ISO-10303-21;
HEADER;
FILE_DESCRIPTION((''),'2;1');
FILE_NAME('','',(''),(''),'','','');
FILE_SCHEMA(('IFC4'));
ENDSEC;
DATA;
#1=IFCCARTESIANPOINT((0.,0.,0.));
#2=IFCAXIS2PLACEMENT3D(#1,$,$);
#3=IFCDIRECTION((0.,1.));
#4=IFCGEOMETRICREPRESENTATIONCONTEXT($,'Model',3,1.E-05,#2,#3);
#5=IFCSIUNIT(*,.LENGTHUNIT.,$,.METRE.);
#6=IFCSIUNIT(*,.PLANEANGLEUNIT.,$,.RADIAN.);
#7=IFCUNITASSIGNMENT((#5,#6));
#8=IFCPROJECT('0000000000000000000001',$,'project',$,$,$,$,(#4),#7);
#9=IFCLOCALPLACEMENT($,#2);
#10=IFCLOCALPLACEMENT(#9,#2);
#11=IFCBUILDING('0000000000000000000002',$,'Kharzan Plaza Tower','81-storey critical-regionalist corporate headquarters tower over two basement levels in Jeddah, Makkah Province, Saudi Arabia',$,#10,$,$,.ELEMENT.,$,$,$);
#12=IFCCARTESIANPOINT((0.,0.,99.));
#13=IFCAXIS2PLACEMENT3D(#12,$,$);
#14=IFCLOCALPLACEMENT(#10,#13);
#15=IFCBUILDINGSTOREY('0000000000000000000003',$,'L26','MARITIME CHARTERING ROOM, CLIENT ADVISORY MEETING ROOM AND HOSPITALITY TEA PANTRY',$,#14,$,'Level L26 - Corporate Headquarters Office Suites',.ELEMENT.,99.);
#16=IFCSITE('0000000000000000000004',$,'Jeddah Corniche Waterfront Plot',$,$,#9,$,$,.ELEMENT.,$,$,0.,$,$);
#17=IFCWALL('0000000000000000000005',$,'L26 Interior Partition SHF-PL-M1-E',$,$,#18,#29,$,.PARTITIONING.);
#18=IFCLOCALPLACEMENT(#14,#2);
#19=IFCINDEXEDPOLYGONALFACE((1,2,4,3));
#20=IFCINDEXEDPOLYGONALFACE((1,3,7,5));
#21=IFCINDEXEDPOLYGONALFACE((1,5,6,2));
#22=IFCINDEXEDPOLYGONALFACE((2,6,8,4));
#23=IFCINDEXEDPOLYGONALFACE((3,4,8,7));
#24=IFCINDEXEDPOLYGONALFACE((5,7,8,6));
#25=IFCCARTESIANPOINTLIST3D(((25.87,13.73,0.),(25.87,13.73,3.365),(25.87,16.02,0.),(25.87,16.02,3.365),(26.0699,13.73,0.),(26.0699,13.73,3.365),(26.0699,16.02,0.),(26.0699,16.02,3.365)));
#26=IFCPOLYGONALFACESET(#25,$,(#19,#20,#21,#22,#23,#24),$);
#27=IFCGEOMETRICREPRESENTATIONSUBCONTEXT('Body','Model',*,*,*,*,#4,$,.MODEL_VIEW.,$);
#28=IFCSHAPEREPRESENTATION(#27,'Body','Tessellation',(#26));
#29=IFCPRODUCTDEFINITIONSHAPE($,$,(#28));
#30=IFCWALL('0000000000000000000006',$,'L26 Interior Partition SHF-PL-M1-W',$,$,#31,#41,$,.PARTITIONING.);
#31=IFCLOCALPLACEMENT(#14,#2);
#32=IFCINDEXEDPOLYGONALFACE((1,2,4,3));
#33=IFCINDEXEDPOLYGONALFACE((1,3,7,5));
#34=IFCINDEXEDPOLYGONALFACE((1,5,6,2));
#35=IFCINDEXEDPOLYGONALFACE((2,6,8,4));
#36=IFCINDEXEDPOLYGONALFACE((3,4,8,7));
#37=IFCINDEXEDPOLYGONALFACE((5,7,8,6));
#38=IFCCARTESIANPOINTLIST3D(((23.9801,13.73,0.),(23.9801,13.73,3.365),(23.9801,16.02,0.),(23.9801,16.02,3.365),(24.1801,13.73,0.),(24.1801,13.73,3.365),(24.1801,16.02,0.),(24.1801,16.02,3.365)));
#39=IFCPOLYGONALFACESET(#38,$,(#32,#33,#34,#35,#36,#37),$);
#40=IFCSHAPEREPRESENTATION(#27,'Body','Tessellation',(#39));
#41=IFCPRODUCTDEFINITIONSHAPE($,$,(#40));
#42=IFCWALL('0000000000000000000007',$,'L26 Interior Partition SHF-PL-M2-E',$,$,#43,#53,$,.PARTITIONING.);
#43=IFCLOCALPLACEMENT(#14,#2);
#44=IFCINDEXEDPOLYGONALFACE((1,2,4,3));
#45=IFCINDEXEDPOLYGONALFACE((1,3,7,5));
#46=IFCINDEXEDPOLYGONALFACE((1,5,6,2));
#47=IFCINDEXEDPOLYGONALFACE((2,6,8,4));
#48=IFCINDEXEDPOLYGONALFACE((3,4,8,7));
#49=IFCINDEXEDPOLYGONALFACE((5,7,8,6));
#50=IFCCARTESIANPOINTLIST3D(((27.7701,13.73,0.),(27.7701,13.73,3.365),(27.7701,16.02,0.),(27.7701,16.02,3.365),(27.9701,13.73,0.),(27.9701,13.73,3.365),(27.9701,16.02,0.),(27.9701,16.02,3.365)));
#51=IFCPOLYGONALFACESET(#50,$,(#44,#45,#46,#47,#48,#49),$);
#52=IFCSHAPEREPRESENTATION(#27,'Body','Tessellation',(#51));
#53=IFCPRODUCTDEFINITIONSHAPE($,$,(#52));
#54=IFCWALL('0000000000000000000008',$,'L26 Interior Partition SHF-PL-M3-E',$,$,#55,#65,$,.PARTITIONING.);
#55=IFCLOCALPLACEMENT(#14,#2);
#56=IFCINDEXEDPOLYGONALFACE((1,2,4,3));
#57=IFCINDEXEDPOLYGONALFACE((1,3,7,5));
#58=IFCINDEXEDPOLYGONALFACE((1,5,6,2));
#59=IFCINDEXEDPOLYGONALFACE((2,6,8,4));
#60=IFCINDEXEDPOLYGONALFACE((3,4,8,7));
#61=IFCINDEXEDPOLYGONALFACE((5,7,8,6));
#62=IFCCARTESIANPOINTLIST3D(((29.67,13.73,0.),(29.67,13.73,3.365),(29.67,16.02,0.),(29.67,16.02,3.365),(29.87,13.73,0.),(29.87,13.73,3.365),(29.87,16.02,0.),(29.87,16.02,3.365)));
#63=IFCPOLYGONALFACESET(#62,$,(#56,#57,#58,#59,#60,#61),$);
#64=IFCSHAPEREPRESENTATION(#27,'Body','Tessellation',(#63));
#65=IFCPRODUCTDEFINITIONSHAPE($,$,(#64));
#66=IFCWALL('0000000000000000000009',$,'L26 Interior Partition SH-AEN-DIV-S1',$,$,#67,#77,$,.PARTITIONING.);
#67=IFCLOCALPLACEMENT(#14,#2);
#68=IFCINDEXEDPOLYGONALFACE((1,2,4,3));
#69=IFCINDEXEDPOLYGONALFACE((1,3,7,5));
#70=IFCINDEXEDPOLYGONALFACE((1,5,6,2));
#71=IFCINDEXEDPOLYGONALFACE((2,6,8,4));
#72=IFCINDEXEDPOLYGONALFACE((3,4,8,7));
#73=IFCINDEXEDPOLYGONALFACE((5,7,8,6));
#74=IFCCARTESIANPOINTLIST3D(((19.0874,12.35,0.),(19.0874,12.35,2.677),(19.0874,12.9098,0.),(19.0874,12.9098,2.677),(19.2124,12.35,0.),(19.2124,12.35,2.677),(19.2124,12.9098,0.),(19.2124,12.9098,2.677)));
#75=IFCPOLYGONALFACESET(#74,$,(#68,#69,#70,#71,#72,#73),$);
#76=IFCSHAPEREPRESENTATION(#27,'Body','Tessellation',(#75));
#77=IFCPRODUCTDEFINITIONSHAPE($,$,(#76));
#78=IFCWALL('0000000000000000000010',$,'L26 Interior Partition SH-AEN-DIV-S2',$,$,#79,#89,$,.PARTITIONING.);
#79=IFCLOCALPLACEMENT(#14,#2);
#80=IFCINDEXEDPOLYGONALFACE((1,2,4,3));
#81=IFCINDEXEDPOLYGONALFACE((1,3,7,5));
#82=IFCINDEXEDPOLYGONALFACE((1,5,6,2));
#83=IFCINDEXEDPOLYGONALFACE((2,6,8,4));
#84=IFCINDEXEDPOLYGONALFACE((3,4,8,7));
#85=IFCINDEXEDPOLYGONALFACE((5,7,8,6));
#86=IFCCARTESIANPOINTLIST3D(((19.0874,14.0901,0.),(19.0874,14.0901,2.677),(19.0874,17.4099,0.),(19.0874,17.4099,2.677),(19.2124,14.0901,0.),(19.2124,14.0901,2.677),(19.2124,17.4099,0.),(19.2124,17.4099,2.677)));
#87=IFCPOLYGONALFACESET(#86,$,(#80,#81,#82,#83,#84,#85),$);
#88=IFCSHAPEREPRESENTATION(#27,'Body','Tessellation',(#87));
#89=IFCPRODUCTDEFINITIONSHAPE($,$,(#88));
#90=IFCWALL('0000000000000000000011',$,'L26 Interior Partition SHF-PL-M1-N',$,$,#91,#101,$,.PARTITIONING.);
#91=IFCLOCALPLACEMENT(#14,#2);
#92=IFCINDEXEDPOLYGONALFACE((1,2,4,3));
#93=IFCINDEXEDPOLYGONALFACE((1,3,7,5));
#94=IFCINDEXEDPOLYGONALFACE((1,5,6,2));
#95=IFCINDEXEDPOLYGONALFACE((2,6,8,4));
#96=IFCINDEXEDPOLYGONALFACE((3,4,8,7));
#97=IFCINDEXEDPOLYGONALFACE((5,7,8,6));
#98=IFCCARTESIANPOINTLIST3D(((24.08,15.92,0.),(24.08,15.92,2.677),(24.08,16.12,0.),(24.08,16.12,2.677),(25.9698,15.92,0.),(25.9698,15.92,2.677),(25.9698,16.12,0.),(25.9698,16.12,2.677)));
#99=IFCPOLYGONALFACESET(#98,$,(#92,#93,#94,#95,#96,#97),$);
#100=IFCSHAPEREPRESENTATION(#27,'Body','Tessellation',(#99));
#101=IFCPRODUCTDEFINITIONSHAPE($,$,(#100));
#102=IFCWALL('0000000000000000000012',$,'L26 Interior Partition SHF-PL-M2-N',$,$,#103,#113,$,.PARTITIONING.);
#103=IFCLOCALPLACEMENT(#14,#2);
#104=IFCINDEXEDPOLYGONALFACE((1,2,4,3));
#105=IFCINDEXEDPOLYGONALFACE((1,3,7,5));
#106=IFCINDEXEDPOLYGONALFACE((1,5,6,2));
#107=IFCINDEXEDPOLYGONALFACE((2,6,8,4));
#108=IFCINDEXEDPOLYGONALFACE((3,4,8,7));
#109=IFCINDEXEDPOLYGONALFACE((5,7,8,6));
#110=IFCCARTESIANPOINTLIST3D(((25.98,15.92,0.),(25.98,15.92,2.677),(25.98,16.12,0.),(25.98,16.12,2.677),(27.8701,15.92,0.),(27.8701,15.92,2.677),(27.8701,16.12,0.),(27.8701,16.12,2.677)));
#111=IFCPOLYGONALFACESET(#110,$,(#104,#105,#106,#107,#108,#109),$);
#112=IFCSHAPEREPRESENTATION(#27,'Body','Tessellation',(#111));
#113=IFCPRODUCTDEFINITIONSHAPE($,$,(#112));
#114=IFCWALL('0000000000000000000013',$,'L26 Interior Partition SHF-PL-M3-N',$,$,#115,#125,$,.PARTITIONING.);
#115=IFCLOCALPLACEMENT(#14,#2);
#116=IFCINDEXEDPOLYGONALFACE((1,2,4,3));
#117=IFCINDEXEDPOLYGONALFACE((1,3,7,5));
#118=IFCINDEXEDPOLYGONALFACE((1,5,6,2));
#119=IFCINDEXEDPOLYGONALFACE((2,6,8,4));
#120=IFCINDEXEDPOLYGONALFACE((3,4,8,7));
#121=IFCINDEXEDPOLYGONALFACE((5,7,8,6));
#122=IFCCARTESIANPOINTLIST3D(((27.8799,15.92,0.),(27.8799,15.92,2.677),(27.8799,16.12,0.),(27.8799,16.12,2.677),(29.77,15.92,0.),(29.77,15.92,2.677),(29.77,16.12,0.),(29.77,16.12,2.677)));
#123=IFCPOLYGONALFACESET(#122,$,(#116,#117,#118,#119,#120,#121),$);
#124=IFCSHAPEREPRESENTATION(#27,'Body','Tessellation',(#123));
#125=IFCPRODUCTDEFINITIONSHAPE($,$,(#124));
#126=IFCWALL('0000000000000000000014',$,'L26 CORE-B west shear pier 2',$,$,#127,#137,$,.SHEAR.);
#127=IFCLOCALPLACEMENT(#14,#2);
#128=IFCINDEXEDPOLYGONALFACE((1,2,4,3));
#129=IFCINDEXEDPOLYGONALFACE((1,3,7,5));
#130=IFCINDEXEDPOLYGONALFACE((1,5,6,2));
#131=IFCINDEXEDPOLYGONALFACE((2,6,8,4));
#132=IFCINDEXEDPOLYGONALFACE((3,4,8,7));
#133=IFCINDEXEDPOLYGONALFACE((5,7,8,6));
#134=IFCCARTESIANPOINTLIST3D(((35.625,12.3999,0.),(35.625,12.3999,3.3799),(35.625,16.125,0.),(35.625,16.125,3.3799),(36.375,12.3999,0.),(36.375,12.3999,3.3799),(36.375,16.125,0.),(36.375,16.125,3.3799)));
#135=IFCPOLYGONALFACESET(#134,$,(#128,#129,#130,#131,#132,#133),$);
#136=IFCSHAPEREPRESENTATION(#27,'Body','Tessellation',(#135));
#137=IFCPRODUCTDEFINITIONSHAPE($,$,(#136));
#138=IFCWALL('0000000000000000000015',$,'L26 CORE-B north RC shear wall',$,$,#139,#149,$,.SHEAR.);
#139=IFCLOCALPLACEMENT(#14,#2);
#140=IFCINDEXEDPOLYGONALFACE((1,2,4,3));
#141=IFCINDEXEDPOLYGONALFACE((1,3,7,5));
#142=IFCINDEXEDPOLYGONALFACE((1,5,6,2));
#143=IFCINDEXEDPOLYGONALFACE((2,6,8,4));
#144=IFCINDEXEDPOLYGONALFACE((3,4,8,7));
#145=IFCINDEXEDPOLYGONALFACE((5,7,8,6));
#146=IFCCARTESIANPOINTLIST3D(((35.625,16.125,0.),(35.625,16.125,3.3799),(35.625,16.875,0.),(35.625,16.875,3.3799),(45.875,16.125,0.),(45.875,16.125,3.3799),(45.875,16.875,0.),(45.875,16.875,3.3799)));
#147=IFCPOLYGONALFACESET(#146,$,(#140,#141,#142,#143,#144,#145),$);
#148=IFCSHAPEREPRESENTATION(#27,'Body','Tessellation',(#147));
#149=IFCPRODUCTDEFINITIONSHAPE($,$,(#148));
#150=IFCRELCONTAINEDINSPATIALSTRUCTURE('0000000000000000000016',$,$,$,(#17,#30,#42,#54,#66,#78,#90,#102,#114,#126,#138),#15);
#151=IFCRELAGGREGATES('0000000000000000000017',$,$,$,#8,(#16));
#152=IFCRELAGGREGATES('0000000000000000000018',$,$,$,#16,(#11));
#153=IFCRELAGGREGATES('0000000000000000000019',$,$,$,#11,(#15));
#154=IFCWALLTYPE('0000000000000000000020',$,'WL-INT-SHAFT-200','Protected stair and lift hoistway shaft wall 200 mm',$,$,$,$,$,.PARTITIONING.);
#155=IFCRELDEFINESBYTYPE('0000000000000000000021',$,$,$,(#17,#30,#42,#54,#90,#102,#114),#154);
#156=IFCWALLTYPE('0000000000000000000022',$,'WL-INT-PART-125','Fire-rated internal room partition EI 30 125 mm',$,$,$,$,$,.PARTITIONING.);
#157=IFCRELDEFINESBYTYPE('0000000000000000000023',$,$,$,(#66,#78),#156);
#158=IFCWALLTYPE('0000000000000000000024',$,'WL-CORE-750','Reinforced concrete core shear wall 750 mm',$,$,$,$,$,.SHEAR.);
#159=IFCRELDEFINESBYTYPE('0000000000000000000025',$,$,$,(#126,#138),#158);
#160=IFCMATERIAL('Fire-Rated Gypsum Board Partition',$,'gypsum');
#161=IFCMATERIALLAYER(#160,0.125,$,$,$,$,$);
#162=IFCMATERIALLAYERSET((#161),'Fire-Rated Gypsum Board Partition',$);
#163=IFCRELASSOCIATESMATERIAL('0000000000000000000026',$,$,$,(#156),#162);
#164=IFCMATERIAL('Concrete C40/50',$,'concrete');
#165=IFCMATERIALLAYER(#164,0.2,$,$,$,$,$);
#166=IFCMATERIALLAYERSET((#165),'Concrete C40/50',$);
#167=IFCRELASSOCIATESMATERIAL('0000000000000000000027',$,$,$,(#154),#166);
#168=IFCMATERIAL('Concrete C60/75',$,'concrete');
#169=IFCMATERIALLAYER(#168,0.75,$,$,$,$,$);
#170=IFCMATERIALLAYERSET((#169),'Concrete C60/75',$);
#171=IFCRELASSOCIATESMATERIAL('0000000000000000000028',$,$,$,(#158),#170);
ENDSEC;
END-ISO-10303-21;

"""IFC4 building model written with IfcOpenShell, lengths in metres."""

from ifc_helpers import new_model, si_unit, direction, frame, frame_2d, origin, place, context, subcontext, project, spatial, rectangle, extrude, source, transform, mapped, material, layer, layer_set, type_object, element, save


model = new_model("IFC4")

# Units and contexts
model_context = context("Model", 3, precision=1e-05, world=origin(), true_north=direction((0.0, 1.0)))
body_context = subcontext(model_context, "Body", "Model", "MODEL_VIEW")
ifc_project = project(units=[si_unit("LENGTHUNIT", "METRE"), si_unit("PLANEANGLEUNIT", "RADIAN")], contexts=[model_context])

# Site, building, storey
site_placement = place(None, origin())
site = spatial("IfcSite", under=ifc_project, at=site_placement, Name="Jeddah Corniche Waterfront Plot", CompositionType="ELEMENT", RefElevation=0.0)
building_placement = place(site_placement, origin())
building = spatial("IfcBuilding", under=site, at=building_placement, Name="Kharzan Plaza Tower", Description="81-storey critical-regionalist corporate headquarters tower over two basement levels in Jeddah, Makkah Province, Saudi Arabia", CompositionType="ELEMENT")
storey_placement = place(building_placement, frame((0.0, 0.0, 99.0)))
storey = spatial("IfcBuildingStorey", under=building, at=storey_placement, Name="L26", Description="MARITIME CHARTERING ROOM, CLIENT ADVISORY MEETING ROOM AND HOSPITALITY TEA PANTRY", LongName="Level L26 - Corporate Headquarters Office Suites", CompositionType="ELEMENT", Elevation=99.0)

# Shared definitions
ifc_material_1 = material(Name="Concrete C60/75", Category="concrete")

# Shared definitions
ifc_material_2 = material(Name="Fire-Rated Gypsum Board Partition", Category="gypsum")
ifc_layer_1 = layer(ifc_material_2, 0.125)
ifc_layer_set_1 = layer_set([ifc_layer_1], Name="Fire-Rated Gypsum Board Partition")
wall_type_1 = type_object("IfcWallType", Name="WL-INT-PART-125", Description="Fire-rated internal room partition EI 30 125 mm", PredefinedType="PARTITIONING", material=ifc_layer_set_1)
ifc_material_3 = material(Name="Concrete C40/50", Category="concrete")
ifc_layer_2 = layer(ifc_material_3, 0.2)
ifc_layer_set_2 = layer_set([ifc_layer_2], Name="Concrete C40/50")
wall_type_2 = type_object("IfcWallType", Name="WL-INT-SHAFT-200", Description="Protected stair and lift hoistway shaft wall 200 mm", PredefinedType="PARTITIONING", material=ifc_layer_set_2)

# Walls
shared_shape_1 = source(origin(), body_context, "Body", "SweptSolid", [
    extrude(rectangle(XDim=2.29, YDim=0.2, at=frame_2d((1.145, 0.0))), origin(), (0.0, 0.0, 1.0), 3.365),
])
for number, where, z_axis, x_axis, name in (
    (1, (25.97, 13.73, 0.0), (0.0, 0.0, 1.0), (0.0, 1.0, 0.0), "L26 Interior Partition SHF-PL-M1-E"),
    (2, (24.0801, 13.73, 0.0), (0.0, 0.0, 1.0), (0.0, 1.0, 0.0), "L26 Interior Partition SHF-PL-M1-W"),
    (3, (27.8701, 13.73, 0.0), (0.0, 0.0, 1.0), (0.0, 1.0, 0.0), "L26 Interior Partition SHF-PL-M2-E"),
    (4, (29.77, 13.73, 0.0), (0.0, 0.0, 1.0), (0.0, 1.0, 0.0), "L26 Interior Partition SHF-PL-M3-E"),
):
    element("IfcWall", number, at=place(storey_placement, frame(where, z_axis=z_axis, x_axis=x_axis)), inside=storey, type_object=wall_type_2, Name=name, PredefinedType="PARTITIONING", context=body_context, shape_type="MappedRepresentation", body=[
        mapped(shared_shape_1, transform((0.0, 0.0, 0.0), x_axis=(1.0, 0.0, 0.0), y_axis=(0.0, 1.0, 0.0), z_axis=(0.0, 0.0, 1.0))),
    ])
shared_shape_2 = source(origin(), body_context, "Body", "SweptSolid", [
    extrude(rectangle(XDim=0.5598, YDim=0.125, at=frame_2d((0.2798, 0.0))), origin(), (0.0, 0.0, 1.0), 2.677),
])
wall_1_placement = place(storey_placement, frame((19.1499, 12.3501, 0.0), z_axis=(0.0, 0.0, 1.0), x_axis=(0.0, 1.0, 0.0)))
element("IfcWall", 5, at=wall_1_placement, inside=storey, type_object=wall_type_1, Name="L26 Interior Partition SH-AEN-DIV-S1", PredefinedType="PARTITIONING", context=body_context, shape_type="MappedRepresentation", body=[
    mapped(shared_shape_2, transform((0.0, 0.0, 0.0), x_axis=(1.0, 0.0, 0.0), y_axis=(0.0, 1.0, 0.0), z_axis=(0.0, 0.0, 1.0))),
])
shared_shape_3 = source(origin(), body_context, "Body", "SweptSolid", [
    extrude(rectangle(XDim=3.3198, YDim=0.125, at=frame_2d((1.6599, 0.0))), origin(), (0.0, 0.0, 1.0), 2.677),
])
wall_2_placement = place(storey_placement, frame((19.1499, 14.0901, 0.0), z_axis=(0.0, 0.0, 1.0), x_axis=(0.0, 1.0, 0.0)))
element("IfcWall", 6, at=wall_2_placement, inside=storey, type_object=wall_type_1, Name="L26 Interior Partition SH-AEN-DIV-S2", PredefinedType="PARTITIONING", context=body_context, shape_type="MappedRepresentation", body=[
    mapped(shared_shape_3, transform((0.0, 0.0, 0.0), x_axis=(1.0, 0.0, 0.0), y_axis=(0.0, 1.0, 0.0), z_axis=(0.0, 0.0, 1.0))),
])
shared_shape_4 = source(origin(), body_context, "Body", "SweptSolid", [
    extrude(rectangle(XDim=1.8899, YDim=0.2, at=frame_2d((0.9448, 0.0))), origin(), (0.0, 0.0, 1.0), 2.677),
])
wall_3_placement = place(storey_placement, frame((24.0801, 16.02, 0.0), z_axis=(0.0, 0.0, 1.0), x_axis=(1.0, 0.0, 0.0)))
element("IfcWall", 7, at=wall_3_placement, inside=storey, type_object=wall_type_2, Name="L26 Interior Partition SHF-PL-M1-N", PredefinedType="PARTITIONING", context=body_context, shape_type="MappedRepresentation", body=[
    mapped(shared_shape_4, transform((0.0, 0.0, 0.0), x_axis=(1.0, 0.0, 0.0), y_axis=(0.0, 1.0, 0.0), z_axis=(0.0, 0.0, 1.0))),
])
shared_shape_5 = source(origin(), body_context, "Body", "SweptSolid", [
    extrude(rectangle(XDim=1.8901, YDim=0.2, at=frame_2d((0.9451, 0.0))), origin(), (0.0, 0.0, 1.0), 2.677),
])
for number, where, z_axis, x_axis, name in (
    (8, (25.98, 16.02, 0.0), (0.0, 0.0, 1.0), (1.0, 0.0, 0.0), "L26 Interior Partition SHF-PL-M2-N"),
    (9, (27.8799, 16.02, 0.0), (0.0, 0.0, 1.0), (1.0, 0.0, 0.0), "L26 Interior Partition SHF-PL-M3-N"),
):
    element("IfcWall", number, at=place(storey_placement, frame(where, z_axis=z_axis, x_axis=x_axis)), inside=storey, type_object=wall_type_2, Name=name, PredefinedType="PARTITIONING", context=body_context, shape_type="MappedRepresentation", body=[
        mapped(shared_shape_5, transform((0.0, 0.0, 0.0), x_axis=(1.0, 0.0, 0.0), y_axis=(0.0, 1.0, 0.0), z_axis=(0.0, 0.0, 1.0))),
    ])
ifc_layer_3 = layer(ifc_material_1, 0.75)
ifc_layer_set_3 = layer_set([ifc_layer_3], Name="Concrete C60/75")
wall_type_3 = type_object("IfcWallType", Name="WL-CORE-750", Description="Reinforced concrete core shear wall 750 mm", PredefinedType="SHEAR", material=ifc_layer_set_3)
shared_shape_6 = source(origin(), body_context, "Body", "SweptSolid", [
    extrude(rectangle(XDim=3.7251, YDim=0.75, at=frame_2d((1.8625, 0.0))), origin(), (0.0, 0.0, 1.0), 3.3799),
])
wall_4_placement = place(storey_placement, frame((36.0, 12.3999, 0.0), z_axis=(0.0, 0.0, 1.0), x_axis=(0.0, 1.0, 0.0)))
element("IfcWall", 10, at=wall_4_placement, inside=storey, type_object=wall_type_3, Name="L26 CORE-B west shear pier 2", PredefinedType="SHEAR", context=body_context, shape_type="MappedRepresentation", body=[
    mapped(shared_shape_6, transform((0.0, 0.0, 0.0), x_axis=(1.0, 0.0, 0.0), y_axis=(0.0, 1.0, 0.0), z_axis=(0.0, 0.0, 1.0))),
])
shared_shape_7 = source(origin(), body_context, "Body", "SweptSolid", [
    extrude(rectangle(XDim=10.25, YDim=0.75, at=frame_2d((5.125, 0.0))), origin(), (0.0, 0.0, 1.0), 3.3799),
])
wall_5_placement = place(storey_placement, frame((35.625, 16.5, 0.0), z_axis=(0.0, 0.0, 1.0), x_axis=(1.0, 0.0, 0.0)))
element("IfcWall", 11, at=wall_5_placement, inside=storey, type_object=wall_type_3, Name="L26 CORE-B north RC shear wall", PredefinedType="SHEAR", context=body_context, shape_type="MappedRepresentation", body=[
    mapped(shared_shape_7, transform((0.0, 0.0, 0.0), x_axis=(1.0, 0.0, 0.0), y_axis=(0.0, 1.0, 0.0), z_axis=(0.0, 0.0, 1.0))),
])

save(model, "model.ifc")
